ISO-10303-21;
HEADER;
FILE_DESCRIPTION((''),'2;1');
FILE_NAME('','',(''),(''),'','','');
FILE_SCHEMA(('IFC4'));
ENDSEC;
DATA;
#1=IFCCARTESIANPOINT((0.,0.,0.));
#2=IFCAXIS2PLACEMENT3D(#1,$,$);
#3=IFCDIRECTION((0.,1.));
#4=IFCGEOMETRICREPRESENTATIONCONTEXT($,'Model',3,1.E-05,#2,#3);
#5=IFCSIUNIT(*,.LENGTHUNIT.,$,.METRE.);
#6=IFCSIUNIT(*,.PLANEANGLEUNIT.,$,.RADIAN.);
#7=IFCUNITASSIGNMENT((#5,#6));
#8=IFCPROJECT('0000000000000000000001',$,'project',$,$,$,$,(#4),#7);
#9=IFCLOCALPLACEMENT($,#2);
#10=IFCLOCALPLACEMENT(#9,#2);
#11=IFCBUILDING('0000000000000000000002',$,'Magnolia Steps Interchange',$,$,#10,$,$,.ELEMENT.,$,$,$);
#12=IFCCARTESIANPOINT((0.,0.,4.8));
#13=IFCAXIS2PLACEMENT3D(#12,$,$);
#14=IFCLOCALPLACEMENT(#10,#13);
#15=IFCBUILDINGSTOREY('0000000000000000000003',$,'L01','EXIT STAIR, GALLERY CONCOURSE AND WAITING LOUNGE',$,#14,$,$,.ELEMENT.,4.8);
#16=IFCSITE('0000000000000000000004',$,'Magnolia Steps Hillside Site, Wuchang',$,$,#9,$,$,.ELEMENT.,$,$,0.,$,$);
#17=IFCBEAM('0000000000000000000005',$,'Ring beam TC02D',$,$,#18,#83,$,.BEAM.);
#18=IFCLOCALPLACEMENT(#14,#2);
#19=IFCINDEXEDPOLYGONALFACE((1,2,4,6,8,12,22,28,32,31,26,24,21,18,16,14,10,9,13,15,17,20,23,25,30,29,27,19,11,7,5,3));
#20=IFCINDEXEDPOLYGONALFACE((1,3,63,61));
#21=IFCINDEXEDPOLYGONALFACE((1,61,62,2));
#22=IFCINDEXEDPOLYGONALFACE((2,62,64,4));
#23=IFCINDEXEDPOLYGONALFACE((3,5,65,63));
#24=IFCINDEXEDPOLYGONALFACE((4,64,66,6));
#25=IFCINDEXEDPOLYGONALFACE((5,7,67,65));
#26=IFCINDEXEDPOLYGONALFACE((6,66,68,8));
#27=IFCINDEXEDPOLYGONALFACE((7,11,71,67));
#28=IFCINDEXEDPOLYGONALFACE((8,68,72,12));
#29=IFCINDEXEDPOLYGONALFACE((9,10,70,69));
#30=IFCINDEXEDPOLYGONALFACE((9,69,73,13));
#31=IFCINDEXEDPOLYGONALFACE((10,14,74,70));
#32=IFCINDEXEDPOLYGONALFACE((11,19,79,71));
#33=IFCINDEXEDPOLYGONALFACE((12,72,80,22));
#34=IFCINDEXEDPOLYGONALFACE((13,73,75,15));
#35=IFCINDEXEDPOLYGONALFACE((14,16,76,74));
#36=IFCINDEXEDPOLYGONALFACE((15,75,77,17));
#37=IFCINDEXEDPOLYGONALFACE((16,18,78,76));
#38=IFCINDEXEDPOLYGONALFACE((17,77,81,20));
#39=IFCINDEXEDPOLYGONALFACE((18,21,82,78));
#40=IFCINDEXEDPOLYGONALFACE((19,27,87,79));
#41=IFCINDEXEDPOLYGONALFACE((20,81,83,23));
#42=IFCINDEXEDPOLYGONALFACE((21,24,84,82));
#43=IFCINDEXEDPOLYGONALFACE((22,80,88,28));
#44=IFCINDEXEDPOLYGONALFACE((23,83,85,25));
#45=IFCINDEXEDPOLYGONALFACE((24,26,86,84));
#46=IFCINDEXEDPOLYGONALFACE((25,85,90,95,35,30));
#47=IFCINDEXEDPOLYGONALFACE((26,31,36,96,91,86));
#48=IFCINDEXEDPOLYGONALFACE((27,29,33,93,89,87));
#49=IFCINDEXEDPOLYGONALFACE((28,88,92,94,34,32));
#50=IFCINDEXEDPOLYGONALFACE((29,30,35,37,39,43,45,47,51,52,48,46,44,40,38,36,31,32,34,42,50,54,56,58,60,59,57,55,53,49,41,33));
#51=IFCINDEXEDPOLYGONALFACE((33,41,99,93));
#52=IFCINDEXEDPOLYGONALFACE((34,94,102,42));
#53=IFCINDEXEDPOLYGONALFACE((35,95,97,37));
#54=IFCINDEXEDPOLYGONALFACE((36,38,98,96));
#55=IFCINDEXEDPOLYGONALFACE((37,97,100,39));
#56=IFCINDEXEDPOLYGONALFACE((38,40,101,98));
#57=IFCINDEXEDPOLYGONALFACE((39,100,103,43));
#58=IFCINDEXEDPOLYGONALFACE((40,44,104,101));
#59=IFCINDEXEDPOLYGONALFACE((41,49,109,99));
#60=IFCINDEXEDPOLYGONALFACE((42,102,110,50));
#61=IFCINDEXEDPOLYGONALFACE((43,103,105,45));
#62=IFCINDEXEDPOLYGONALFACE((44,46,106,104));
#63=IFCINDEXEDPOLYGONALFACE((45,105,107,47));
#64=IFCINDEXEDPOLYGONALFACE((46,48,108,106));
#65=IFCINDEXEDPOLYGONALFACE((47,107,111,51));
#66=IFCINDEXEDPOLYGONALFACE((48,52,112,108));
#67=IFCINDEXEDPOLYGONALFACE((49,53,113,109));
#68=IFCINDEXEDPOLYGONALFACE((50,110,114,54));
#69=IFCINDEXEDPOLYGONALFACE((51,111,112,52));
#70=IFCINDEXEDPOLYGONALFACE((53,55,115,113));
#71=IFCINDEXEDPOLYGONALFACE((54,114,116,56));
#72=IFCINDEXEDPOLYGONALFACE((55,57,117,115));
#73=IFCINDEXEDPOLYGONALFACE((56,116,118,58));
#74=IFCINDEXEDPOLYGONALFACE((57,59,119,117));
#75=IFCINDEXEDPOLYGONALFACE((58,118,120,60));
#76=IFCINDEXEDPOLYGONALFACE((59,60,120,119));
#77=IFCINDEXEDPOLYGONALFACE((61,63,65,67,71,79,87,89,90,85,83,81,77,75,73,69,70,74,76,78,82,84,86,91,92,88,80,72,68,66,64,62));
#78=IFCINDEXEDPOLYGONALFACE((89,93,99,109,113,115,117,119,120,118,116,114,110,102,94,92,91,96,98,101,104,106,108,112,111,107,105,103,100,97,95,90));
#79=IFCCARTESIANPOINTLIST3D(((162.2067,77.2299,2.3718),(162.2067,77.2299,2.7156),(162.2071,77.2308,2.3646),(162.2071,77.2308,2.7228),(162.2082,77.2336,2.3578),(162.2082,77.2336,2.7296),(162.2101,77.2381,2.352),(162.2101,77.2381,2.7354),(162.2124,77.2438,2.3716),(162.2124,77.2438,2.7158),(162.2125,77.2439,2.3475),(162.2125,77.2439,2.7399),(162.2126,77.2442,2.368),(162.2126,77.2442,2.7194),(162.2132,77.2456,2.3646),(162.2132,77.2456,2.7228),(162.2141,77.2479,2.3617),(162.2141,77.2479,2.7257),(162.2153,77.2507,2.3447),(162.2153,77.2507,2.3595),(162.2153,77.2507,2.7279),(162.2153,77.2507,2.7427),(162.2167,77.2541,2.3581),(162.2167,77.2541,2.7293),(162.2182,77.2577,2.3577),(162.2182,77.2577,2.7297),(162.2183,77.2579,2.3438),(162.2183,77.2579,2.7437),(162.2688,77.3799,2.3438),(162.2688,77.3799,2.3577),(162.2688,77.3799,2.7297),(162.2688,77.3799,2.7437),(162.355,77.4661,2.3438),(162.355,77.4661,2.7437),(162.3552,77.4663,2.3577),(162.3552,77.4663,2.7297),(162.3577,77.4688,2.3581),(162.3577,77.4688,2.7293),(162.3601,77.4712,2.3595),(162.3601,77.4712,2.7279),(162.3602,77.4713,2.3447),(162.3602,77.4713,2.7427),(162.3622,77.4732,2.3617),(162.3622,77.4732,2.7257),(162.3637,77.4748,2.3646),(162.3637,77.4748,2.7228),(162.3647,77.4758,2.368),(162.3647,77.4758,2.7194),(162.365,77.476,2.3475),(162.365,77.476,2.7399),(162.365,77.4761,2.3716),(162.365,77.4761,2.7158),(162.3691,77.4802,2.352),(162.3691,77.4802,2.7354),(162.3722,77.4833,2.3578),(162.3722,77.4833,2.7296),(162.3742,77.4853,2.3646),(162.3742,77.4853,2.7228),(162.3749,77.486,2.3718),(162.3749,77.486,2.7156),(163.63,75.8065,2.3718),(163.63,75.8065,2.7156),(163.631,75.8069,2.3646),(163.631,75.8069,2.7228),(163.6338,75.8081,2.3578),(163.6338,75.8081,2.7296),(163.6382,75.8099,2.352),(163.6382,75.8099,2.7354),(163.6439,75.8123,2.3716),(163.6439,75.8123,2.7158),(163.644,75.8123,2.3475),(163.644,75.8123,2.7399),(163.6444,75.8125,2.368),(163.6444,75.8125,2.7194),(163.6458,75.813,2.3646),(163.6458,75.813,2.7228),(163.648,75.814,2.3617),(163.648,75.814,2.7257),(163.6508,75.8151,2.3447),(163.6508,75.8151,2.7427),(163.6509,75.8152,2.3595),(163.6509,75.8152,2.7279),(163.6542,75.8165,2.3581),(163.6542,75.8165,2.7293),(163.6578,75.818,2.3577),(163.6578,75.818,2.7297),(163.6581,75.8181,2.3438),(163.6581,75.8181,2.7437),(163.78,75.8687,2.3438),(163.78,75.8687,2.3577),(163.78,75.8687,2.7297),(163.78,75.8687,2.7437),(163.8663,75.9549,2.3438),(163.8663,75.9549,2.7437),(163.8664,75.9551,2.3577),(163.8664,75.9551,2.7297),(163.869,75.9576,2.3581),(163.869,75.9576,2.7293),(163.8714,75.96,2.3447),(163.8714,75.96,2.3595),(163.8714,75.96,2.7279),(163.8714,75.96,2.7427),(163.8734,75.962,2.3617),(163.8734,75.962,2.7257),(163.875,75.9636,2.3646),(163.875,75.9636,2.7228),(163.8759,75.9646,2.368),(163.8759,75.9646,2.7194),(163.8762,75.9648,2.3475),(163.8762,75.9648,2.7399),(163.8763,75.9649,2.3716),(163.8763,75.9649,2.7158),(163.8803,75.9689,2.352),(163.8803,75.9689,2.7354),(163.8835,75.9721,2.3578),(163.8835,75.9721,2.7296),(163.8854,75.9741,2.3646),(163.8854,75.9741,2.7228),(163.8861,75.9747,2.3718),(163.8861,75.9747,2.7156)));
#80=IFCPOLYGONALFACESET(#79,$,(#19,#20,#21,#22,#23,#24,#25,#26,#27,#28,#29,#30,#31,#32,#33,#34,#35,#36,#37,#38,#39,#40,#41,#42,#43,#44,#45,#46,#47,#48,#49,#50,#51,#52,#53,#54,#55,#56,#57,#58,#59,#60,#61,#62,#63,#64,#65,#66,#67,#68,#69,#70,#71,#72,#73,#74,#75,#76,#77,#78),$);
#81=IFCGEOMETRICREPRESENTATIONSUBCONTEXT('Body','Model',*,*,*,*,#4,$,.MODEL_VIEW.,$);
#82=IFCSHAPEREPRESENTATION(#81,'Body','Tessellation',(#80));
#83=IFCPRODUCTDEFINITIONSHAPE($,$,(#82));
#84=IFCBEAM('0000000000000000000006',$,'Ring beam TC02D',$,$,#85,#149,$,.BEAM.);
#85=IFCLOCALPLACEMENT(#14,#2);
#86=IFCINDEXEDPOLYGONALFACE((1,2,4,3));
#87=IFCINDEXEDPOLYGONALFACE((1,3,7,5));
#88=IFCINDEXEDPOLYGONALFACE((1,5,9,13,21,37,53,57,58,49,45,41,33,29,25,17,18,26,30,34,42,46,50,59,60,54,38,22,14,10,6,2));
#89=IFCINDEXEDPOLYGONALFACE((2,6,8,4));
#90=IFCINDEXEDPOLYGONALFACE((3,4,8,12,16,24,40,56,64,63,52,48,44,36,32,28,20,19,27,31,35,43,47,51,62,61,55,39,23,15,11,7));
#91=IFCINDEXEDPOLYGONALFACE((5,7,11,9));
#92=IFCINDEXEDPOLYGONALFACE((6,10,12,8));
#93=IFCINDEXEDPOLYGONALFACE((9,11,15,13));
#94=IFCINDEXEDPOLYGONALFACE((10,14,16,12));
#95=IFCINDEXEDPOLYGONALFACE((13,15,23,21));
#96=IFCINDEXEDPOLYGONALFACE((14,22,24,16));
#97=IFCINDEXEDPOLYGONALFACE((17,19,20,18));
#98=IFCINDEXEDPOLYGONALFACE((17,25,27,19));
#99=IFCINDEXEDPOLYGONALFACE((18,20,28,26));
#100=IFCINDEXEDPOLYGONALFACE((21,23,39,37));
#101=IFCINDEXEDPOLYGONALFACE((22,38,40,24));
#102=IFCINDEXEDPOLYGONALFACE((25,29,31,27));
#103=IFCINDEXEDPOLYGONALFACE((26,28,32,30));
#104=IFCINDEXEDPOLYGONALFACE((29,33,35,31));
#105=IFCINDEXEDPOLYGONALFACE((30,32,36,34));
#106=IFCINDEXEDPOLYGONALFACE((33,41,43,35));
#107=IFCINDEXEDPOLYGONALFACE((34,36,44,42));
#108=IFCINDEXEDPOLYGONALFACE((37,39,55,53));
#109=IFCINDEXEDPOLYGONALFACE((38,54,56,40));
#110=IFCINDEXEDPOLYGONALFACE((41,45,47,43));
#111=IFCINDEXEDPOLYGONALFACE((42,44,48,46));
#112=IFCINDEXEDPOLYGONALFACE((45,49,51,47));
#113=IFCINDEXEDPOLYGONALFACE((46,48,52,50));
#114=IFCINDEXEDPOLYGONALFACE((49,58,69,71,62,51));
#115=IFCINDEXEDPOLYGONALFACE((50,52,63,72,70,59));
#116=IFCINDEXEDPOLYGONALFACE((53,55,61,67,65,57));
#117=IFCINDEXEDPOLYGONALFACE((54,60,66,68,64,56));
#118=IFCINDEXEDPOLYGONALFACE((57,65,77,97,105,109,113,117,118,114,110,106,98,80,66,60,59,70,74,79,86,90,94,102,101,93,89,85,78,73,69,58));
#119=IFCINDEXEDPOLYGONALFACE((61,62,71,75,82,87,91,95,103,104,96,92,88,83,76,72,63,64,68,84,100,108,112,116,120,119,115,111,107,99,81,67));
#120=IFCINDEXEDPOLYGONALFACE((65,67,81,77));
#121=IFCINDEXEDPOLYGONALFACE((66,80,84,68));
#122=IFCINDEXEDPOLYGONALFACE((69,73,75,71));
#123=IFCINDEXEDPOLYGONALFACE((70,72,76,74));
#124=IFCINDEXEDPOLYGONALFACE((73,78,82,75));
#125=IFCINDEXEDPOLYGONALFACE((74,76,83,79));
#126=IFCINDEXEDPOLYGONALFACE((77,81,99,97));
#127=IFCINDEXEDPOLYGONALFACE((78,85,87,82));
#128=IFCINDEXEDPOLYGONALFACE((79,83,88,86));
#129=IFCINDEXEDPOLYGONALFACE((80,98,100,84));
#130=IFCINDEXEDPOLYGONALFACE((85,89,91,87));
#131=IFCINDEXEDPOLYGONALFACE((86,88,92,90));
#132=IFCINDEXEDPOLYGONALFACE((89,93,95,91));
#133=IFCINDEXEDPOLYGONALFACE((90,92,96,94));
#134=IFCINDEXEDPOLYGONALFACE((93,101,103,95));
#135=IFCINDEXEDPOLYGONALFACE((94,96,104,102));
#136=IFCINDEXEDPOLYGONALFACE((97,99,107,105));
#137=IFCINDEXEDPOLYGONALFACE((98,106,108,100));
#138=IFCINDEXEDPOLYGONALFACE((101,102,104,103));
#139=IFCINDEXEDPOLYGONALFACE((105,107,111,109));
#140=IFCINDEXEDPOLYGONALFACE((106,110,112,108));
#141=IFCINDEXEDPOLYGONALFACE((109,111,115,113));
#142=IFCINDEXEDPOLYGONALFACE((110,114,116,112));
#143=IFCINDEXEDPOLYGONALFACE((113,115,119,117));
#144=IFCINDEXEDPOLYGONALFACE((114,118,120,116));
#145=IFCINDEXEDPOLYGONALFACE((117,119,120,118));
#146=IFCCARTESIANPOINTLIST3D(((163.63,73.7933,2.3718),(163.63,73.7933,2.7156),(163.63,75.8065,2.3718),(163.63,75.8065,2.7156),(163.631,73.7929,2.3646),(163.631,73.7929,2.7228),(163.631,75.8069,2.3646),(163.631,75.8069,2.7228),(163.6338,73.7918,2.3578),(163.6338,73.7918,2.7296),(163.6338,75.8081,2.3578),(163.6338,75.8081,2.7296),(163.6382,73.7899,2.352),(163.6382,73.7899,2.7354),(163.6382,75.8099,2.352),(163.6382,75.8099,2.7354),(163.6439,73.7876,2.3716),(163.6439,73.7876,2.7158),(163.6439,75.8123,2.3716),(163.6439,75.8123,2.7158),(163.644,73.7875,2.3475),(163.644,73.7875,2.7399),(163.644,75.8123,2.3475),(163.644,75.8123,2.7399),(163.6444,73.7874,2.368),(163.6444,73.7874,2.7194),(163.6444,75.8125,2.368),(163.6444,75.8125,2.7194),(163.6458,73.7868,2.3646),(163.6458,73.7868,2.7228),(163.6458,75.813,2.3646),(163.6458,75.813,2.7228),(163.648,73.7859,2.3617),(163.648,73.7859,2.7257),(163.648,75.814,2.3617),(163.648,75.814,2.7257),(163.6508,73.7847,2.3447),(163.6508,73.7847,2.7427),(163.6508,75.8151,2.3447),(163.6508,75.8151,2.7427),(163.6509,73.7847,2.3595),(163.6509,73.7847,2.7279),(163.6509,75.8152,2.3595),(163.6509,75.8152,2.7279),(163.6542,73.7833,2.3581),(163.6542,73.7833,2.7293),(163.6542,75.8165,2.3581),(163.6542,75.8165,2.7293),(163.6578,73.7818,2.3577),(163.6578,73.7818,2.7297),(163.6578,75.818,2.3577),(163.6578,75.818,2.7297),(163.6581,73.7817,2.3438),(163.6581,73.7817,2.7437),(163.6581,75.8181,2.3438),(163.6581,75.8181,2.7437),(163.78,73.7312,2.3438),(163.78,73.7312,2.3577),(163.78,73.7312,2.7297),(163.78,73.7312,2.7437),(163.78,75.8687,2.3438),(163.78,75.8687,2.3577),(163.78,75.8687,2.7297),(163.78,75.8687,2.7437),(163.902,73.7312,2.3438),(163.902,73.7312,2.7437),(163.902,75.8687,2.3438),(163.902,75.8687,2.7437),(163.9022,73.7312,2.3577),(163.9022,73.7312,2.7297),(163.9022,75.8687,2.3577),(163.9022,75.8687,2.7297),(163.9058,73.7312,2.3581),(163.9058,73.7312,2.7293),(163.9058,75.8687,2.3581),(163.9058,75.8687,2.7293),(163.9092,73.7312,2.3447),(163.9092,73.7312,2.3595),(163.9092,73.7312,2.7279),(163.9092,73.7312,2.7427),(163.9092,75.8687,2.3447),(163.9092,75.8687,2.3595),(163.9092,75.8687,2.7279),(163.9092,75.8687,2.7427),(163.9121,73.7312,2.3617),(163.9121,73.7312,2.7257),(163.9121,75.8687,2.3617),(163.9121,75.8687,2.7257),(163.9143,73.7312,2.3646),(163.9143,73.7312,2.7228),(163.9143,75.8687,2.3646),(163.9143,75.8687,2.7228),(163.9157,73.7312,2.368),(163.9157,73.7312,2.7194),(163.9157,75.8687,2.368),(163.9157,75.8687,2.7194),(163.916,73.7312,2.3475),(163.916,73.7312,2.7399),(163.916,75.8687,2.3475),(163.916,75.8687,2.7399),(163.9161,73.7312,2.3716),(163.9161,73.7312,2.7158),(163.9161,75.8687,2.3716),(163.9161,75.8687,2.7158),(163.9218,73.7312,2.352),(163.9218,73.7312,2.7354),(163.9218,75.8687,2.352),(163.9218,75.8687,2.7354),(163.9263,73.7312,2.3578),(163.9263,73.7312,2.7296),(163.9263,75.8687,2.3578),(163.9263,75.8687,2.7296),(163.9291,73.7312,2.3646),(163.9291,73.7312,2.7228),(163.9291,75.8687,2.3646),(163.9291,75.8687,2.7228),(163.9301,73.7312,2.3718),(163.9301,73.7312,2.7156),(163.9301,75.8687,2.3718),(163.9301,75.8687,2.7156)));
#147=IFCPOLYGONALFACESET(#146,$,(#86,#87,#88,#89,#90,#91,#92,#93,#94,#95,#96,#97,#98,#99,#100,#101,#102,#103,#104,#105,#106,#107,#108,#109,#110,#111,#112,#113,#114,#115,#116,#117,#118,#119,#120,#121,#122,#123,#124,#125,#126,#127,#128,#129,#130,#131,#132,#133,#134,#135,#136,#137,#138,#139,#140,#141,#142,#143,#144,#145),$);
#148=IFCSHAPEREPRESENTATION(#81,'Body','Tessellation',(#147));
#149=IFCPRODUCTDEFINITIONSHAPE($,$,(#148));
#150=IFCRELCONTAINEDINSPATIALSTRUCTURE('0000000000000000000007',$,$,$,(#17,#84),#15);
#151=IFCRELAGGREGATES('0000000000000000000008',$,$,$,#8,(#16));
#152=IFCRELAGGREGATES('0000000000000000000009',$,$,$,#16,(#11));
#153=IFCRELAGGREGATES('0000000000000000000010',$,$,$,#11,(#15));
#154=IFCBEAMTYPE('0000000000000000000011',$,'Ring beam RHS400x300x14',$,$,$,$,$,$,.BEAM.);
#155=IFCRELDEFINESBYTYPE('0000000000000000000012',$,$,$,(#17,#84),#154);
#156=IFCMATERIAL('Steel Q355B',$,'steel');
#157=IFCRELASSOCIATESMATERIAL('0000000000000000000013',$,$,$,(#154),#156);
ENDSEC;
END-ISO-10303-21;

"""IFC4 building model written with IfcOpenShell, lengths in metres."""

from ifc_helpers import new_model, si_unit, direction, frame, origin, origin_2d, place, context, subcontext, project, spatial, hollow_rectangle, extrude, clip, halfspace, material, material_profile, profile_set, type_object, element, save


model = new_model("IFC4")

# Units and contexts
model_context = context("Model", 3, precision=1e-05, world=origin(), true_north=direction((0.0, 1.0)))
body_context = subcontext(model_context, "Body", "Model", "MODEL_VIEW")
ifc_project = project(units=[si_unit("LENGTHUNIT", "METRE"), si_unit("PLANEANGLEUNIT", "RADIAN")], contexts=[model_context])

# Site, building, storey
site_placement = place(None, origin())
site = spatial("IfcSite", under=ifc_project, at=site_placement, Name="Magnolia Steps Hillside Site, Wuchang", CompositionType="ELEMENT", RefElevation=0.0)
building_placement = place(site_placement, origin())
building = spatial("IfcBuilding", under=site, at=building_placement, Name="Magnolia Steps Interchange", CompositionType="ELEMENT")
storey_placement = place(building_placement, frame((0.0, 0.0, 4.8)))
storey = spatial("IfcBuildingStorey", under=building, at=storey_placement, Name="L01", Description="EXIT STAIR, GALLERY CONCOURSE AND WAITING LOUNGE", CompositionType="ELEMENT", Elevation=4.8)

# Beams
ifc_material_1 = material(Name="Steel Q355B", Category="steel")
ifc_material_profile_1 = material_profile(ifc_material_1, hollow_rectangle(XDim=0.3, YDim=0.3999, WallThickness=0.0139, InnerFilletRadius=0.0139, OuterFilletRadius=0.0281, at=origin_2d()), Name="RHS400x300x14")
ifc_profile_set_1 = profile_set([ifc_material_profile_1], Name="Steel Q355B")
beam_type_1 = type_object("IfcBeamType", Name="Ring beam RHS400x300x14", PredefinedType="BEAM", material=ifc_profile_set_1)
beam_1_placement = place(storey_placement, frame((163.78, 75.8687, 2.5437), z_axis=(-0.707107, 0.707107, 0.0), x_axis=(-0.707107, -0.707107, 0.0)))
element("IfcBeam", 1, at=beam_1_placement, inside=storey, type_object=beam_type_1, Name="Ring beam TC02D", PredefinedType="BEAM", context=body_context, shape_type="Clipping", body=[
    clip(clip(extrude(hollow_rectangle(XDim=0.3, YDim=0.3999, WallThickness=0.0139, InnerFilletRadius=0.0139, OuterFilletRadius=0.0281, at=origin_2d()), origin(), (0.0, 0.0, 1.0), 2.1372), halfspace(frame((0.0, 0.0, 0.0), z_axis=(0.382683, 0.0, -0.92388), x_axis=(0.92388, 0.0, 0.382683)), False)), halfspace(frame((0.0, 0.0, 2.1372), z_axis=(0.382683, 0.0, 0.92388), x_axis=(0.92388, 0.0, -0.382683)), False)),
])
beam_2_placement = place(storey_placement, frame((163.78, 73.7312, 2.5437), z_axis=(0.0, 1.0, 0.0), x_axis=(-1.0, 0.0, 0.0)))
element("IfcBeam", 2, at=beam_2_placement, inside=storey, type_object=beam_type_1, Name="Ring beam TC02D", PredefinedType="BEAM", context=body_context, shape_type="Clipping", body=[
    clip(clip(extrude(hollow_rectangle(XDim=0.3, YDim=0.3999, WallThickness=0.0139, InnerFilletRadius=0.0139, OuterFilletRadius=0.0281, at=origin_2d()), origin(), (0.0, 0.0, 1.0), 2.1375), halfspace(frame((0.0, 0.0, 0.0), z_axis=(0.382683, 0.0, -0.92388), x_axis=(0.92388, 0.0, 0.382683)), False)), halfspace(frame((0.0, 0.0, 2.1375), z_axis=(0.382683, 0.0, 0.92388), x_axis=(0.92388, 0.0, -0.382683)), False)),
])

save(model, "model.ifc")
